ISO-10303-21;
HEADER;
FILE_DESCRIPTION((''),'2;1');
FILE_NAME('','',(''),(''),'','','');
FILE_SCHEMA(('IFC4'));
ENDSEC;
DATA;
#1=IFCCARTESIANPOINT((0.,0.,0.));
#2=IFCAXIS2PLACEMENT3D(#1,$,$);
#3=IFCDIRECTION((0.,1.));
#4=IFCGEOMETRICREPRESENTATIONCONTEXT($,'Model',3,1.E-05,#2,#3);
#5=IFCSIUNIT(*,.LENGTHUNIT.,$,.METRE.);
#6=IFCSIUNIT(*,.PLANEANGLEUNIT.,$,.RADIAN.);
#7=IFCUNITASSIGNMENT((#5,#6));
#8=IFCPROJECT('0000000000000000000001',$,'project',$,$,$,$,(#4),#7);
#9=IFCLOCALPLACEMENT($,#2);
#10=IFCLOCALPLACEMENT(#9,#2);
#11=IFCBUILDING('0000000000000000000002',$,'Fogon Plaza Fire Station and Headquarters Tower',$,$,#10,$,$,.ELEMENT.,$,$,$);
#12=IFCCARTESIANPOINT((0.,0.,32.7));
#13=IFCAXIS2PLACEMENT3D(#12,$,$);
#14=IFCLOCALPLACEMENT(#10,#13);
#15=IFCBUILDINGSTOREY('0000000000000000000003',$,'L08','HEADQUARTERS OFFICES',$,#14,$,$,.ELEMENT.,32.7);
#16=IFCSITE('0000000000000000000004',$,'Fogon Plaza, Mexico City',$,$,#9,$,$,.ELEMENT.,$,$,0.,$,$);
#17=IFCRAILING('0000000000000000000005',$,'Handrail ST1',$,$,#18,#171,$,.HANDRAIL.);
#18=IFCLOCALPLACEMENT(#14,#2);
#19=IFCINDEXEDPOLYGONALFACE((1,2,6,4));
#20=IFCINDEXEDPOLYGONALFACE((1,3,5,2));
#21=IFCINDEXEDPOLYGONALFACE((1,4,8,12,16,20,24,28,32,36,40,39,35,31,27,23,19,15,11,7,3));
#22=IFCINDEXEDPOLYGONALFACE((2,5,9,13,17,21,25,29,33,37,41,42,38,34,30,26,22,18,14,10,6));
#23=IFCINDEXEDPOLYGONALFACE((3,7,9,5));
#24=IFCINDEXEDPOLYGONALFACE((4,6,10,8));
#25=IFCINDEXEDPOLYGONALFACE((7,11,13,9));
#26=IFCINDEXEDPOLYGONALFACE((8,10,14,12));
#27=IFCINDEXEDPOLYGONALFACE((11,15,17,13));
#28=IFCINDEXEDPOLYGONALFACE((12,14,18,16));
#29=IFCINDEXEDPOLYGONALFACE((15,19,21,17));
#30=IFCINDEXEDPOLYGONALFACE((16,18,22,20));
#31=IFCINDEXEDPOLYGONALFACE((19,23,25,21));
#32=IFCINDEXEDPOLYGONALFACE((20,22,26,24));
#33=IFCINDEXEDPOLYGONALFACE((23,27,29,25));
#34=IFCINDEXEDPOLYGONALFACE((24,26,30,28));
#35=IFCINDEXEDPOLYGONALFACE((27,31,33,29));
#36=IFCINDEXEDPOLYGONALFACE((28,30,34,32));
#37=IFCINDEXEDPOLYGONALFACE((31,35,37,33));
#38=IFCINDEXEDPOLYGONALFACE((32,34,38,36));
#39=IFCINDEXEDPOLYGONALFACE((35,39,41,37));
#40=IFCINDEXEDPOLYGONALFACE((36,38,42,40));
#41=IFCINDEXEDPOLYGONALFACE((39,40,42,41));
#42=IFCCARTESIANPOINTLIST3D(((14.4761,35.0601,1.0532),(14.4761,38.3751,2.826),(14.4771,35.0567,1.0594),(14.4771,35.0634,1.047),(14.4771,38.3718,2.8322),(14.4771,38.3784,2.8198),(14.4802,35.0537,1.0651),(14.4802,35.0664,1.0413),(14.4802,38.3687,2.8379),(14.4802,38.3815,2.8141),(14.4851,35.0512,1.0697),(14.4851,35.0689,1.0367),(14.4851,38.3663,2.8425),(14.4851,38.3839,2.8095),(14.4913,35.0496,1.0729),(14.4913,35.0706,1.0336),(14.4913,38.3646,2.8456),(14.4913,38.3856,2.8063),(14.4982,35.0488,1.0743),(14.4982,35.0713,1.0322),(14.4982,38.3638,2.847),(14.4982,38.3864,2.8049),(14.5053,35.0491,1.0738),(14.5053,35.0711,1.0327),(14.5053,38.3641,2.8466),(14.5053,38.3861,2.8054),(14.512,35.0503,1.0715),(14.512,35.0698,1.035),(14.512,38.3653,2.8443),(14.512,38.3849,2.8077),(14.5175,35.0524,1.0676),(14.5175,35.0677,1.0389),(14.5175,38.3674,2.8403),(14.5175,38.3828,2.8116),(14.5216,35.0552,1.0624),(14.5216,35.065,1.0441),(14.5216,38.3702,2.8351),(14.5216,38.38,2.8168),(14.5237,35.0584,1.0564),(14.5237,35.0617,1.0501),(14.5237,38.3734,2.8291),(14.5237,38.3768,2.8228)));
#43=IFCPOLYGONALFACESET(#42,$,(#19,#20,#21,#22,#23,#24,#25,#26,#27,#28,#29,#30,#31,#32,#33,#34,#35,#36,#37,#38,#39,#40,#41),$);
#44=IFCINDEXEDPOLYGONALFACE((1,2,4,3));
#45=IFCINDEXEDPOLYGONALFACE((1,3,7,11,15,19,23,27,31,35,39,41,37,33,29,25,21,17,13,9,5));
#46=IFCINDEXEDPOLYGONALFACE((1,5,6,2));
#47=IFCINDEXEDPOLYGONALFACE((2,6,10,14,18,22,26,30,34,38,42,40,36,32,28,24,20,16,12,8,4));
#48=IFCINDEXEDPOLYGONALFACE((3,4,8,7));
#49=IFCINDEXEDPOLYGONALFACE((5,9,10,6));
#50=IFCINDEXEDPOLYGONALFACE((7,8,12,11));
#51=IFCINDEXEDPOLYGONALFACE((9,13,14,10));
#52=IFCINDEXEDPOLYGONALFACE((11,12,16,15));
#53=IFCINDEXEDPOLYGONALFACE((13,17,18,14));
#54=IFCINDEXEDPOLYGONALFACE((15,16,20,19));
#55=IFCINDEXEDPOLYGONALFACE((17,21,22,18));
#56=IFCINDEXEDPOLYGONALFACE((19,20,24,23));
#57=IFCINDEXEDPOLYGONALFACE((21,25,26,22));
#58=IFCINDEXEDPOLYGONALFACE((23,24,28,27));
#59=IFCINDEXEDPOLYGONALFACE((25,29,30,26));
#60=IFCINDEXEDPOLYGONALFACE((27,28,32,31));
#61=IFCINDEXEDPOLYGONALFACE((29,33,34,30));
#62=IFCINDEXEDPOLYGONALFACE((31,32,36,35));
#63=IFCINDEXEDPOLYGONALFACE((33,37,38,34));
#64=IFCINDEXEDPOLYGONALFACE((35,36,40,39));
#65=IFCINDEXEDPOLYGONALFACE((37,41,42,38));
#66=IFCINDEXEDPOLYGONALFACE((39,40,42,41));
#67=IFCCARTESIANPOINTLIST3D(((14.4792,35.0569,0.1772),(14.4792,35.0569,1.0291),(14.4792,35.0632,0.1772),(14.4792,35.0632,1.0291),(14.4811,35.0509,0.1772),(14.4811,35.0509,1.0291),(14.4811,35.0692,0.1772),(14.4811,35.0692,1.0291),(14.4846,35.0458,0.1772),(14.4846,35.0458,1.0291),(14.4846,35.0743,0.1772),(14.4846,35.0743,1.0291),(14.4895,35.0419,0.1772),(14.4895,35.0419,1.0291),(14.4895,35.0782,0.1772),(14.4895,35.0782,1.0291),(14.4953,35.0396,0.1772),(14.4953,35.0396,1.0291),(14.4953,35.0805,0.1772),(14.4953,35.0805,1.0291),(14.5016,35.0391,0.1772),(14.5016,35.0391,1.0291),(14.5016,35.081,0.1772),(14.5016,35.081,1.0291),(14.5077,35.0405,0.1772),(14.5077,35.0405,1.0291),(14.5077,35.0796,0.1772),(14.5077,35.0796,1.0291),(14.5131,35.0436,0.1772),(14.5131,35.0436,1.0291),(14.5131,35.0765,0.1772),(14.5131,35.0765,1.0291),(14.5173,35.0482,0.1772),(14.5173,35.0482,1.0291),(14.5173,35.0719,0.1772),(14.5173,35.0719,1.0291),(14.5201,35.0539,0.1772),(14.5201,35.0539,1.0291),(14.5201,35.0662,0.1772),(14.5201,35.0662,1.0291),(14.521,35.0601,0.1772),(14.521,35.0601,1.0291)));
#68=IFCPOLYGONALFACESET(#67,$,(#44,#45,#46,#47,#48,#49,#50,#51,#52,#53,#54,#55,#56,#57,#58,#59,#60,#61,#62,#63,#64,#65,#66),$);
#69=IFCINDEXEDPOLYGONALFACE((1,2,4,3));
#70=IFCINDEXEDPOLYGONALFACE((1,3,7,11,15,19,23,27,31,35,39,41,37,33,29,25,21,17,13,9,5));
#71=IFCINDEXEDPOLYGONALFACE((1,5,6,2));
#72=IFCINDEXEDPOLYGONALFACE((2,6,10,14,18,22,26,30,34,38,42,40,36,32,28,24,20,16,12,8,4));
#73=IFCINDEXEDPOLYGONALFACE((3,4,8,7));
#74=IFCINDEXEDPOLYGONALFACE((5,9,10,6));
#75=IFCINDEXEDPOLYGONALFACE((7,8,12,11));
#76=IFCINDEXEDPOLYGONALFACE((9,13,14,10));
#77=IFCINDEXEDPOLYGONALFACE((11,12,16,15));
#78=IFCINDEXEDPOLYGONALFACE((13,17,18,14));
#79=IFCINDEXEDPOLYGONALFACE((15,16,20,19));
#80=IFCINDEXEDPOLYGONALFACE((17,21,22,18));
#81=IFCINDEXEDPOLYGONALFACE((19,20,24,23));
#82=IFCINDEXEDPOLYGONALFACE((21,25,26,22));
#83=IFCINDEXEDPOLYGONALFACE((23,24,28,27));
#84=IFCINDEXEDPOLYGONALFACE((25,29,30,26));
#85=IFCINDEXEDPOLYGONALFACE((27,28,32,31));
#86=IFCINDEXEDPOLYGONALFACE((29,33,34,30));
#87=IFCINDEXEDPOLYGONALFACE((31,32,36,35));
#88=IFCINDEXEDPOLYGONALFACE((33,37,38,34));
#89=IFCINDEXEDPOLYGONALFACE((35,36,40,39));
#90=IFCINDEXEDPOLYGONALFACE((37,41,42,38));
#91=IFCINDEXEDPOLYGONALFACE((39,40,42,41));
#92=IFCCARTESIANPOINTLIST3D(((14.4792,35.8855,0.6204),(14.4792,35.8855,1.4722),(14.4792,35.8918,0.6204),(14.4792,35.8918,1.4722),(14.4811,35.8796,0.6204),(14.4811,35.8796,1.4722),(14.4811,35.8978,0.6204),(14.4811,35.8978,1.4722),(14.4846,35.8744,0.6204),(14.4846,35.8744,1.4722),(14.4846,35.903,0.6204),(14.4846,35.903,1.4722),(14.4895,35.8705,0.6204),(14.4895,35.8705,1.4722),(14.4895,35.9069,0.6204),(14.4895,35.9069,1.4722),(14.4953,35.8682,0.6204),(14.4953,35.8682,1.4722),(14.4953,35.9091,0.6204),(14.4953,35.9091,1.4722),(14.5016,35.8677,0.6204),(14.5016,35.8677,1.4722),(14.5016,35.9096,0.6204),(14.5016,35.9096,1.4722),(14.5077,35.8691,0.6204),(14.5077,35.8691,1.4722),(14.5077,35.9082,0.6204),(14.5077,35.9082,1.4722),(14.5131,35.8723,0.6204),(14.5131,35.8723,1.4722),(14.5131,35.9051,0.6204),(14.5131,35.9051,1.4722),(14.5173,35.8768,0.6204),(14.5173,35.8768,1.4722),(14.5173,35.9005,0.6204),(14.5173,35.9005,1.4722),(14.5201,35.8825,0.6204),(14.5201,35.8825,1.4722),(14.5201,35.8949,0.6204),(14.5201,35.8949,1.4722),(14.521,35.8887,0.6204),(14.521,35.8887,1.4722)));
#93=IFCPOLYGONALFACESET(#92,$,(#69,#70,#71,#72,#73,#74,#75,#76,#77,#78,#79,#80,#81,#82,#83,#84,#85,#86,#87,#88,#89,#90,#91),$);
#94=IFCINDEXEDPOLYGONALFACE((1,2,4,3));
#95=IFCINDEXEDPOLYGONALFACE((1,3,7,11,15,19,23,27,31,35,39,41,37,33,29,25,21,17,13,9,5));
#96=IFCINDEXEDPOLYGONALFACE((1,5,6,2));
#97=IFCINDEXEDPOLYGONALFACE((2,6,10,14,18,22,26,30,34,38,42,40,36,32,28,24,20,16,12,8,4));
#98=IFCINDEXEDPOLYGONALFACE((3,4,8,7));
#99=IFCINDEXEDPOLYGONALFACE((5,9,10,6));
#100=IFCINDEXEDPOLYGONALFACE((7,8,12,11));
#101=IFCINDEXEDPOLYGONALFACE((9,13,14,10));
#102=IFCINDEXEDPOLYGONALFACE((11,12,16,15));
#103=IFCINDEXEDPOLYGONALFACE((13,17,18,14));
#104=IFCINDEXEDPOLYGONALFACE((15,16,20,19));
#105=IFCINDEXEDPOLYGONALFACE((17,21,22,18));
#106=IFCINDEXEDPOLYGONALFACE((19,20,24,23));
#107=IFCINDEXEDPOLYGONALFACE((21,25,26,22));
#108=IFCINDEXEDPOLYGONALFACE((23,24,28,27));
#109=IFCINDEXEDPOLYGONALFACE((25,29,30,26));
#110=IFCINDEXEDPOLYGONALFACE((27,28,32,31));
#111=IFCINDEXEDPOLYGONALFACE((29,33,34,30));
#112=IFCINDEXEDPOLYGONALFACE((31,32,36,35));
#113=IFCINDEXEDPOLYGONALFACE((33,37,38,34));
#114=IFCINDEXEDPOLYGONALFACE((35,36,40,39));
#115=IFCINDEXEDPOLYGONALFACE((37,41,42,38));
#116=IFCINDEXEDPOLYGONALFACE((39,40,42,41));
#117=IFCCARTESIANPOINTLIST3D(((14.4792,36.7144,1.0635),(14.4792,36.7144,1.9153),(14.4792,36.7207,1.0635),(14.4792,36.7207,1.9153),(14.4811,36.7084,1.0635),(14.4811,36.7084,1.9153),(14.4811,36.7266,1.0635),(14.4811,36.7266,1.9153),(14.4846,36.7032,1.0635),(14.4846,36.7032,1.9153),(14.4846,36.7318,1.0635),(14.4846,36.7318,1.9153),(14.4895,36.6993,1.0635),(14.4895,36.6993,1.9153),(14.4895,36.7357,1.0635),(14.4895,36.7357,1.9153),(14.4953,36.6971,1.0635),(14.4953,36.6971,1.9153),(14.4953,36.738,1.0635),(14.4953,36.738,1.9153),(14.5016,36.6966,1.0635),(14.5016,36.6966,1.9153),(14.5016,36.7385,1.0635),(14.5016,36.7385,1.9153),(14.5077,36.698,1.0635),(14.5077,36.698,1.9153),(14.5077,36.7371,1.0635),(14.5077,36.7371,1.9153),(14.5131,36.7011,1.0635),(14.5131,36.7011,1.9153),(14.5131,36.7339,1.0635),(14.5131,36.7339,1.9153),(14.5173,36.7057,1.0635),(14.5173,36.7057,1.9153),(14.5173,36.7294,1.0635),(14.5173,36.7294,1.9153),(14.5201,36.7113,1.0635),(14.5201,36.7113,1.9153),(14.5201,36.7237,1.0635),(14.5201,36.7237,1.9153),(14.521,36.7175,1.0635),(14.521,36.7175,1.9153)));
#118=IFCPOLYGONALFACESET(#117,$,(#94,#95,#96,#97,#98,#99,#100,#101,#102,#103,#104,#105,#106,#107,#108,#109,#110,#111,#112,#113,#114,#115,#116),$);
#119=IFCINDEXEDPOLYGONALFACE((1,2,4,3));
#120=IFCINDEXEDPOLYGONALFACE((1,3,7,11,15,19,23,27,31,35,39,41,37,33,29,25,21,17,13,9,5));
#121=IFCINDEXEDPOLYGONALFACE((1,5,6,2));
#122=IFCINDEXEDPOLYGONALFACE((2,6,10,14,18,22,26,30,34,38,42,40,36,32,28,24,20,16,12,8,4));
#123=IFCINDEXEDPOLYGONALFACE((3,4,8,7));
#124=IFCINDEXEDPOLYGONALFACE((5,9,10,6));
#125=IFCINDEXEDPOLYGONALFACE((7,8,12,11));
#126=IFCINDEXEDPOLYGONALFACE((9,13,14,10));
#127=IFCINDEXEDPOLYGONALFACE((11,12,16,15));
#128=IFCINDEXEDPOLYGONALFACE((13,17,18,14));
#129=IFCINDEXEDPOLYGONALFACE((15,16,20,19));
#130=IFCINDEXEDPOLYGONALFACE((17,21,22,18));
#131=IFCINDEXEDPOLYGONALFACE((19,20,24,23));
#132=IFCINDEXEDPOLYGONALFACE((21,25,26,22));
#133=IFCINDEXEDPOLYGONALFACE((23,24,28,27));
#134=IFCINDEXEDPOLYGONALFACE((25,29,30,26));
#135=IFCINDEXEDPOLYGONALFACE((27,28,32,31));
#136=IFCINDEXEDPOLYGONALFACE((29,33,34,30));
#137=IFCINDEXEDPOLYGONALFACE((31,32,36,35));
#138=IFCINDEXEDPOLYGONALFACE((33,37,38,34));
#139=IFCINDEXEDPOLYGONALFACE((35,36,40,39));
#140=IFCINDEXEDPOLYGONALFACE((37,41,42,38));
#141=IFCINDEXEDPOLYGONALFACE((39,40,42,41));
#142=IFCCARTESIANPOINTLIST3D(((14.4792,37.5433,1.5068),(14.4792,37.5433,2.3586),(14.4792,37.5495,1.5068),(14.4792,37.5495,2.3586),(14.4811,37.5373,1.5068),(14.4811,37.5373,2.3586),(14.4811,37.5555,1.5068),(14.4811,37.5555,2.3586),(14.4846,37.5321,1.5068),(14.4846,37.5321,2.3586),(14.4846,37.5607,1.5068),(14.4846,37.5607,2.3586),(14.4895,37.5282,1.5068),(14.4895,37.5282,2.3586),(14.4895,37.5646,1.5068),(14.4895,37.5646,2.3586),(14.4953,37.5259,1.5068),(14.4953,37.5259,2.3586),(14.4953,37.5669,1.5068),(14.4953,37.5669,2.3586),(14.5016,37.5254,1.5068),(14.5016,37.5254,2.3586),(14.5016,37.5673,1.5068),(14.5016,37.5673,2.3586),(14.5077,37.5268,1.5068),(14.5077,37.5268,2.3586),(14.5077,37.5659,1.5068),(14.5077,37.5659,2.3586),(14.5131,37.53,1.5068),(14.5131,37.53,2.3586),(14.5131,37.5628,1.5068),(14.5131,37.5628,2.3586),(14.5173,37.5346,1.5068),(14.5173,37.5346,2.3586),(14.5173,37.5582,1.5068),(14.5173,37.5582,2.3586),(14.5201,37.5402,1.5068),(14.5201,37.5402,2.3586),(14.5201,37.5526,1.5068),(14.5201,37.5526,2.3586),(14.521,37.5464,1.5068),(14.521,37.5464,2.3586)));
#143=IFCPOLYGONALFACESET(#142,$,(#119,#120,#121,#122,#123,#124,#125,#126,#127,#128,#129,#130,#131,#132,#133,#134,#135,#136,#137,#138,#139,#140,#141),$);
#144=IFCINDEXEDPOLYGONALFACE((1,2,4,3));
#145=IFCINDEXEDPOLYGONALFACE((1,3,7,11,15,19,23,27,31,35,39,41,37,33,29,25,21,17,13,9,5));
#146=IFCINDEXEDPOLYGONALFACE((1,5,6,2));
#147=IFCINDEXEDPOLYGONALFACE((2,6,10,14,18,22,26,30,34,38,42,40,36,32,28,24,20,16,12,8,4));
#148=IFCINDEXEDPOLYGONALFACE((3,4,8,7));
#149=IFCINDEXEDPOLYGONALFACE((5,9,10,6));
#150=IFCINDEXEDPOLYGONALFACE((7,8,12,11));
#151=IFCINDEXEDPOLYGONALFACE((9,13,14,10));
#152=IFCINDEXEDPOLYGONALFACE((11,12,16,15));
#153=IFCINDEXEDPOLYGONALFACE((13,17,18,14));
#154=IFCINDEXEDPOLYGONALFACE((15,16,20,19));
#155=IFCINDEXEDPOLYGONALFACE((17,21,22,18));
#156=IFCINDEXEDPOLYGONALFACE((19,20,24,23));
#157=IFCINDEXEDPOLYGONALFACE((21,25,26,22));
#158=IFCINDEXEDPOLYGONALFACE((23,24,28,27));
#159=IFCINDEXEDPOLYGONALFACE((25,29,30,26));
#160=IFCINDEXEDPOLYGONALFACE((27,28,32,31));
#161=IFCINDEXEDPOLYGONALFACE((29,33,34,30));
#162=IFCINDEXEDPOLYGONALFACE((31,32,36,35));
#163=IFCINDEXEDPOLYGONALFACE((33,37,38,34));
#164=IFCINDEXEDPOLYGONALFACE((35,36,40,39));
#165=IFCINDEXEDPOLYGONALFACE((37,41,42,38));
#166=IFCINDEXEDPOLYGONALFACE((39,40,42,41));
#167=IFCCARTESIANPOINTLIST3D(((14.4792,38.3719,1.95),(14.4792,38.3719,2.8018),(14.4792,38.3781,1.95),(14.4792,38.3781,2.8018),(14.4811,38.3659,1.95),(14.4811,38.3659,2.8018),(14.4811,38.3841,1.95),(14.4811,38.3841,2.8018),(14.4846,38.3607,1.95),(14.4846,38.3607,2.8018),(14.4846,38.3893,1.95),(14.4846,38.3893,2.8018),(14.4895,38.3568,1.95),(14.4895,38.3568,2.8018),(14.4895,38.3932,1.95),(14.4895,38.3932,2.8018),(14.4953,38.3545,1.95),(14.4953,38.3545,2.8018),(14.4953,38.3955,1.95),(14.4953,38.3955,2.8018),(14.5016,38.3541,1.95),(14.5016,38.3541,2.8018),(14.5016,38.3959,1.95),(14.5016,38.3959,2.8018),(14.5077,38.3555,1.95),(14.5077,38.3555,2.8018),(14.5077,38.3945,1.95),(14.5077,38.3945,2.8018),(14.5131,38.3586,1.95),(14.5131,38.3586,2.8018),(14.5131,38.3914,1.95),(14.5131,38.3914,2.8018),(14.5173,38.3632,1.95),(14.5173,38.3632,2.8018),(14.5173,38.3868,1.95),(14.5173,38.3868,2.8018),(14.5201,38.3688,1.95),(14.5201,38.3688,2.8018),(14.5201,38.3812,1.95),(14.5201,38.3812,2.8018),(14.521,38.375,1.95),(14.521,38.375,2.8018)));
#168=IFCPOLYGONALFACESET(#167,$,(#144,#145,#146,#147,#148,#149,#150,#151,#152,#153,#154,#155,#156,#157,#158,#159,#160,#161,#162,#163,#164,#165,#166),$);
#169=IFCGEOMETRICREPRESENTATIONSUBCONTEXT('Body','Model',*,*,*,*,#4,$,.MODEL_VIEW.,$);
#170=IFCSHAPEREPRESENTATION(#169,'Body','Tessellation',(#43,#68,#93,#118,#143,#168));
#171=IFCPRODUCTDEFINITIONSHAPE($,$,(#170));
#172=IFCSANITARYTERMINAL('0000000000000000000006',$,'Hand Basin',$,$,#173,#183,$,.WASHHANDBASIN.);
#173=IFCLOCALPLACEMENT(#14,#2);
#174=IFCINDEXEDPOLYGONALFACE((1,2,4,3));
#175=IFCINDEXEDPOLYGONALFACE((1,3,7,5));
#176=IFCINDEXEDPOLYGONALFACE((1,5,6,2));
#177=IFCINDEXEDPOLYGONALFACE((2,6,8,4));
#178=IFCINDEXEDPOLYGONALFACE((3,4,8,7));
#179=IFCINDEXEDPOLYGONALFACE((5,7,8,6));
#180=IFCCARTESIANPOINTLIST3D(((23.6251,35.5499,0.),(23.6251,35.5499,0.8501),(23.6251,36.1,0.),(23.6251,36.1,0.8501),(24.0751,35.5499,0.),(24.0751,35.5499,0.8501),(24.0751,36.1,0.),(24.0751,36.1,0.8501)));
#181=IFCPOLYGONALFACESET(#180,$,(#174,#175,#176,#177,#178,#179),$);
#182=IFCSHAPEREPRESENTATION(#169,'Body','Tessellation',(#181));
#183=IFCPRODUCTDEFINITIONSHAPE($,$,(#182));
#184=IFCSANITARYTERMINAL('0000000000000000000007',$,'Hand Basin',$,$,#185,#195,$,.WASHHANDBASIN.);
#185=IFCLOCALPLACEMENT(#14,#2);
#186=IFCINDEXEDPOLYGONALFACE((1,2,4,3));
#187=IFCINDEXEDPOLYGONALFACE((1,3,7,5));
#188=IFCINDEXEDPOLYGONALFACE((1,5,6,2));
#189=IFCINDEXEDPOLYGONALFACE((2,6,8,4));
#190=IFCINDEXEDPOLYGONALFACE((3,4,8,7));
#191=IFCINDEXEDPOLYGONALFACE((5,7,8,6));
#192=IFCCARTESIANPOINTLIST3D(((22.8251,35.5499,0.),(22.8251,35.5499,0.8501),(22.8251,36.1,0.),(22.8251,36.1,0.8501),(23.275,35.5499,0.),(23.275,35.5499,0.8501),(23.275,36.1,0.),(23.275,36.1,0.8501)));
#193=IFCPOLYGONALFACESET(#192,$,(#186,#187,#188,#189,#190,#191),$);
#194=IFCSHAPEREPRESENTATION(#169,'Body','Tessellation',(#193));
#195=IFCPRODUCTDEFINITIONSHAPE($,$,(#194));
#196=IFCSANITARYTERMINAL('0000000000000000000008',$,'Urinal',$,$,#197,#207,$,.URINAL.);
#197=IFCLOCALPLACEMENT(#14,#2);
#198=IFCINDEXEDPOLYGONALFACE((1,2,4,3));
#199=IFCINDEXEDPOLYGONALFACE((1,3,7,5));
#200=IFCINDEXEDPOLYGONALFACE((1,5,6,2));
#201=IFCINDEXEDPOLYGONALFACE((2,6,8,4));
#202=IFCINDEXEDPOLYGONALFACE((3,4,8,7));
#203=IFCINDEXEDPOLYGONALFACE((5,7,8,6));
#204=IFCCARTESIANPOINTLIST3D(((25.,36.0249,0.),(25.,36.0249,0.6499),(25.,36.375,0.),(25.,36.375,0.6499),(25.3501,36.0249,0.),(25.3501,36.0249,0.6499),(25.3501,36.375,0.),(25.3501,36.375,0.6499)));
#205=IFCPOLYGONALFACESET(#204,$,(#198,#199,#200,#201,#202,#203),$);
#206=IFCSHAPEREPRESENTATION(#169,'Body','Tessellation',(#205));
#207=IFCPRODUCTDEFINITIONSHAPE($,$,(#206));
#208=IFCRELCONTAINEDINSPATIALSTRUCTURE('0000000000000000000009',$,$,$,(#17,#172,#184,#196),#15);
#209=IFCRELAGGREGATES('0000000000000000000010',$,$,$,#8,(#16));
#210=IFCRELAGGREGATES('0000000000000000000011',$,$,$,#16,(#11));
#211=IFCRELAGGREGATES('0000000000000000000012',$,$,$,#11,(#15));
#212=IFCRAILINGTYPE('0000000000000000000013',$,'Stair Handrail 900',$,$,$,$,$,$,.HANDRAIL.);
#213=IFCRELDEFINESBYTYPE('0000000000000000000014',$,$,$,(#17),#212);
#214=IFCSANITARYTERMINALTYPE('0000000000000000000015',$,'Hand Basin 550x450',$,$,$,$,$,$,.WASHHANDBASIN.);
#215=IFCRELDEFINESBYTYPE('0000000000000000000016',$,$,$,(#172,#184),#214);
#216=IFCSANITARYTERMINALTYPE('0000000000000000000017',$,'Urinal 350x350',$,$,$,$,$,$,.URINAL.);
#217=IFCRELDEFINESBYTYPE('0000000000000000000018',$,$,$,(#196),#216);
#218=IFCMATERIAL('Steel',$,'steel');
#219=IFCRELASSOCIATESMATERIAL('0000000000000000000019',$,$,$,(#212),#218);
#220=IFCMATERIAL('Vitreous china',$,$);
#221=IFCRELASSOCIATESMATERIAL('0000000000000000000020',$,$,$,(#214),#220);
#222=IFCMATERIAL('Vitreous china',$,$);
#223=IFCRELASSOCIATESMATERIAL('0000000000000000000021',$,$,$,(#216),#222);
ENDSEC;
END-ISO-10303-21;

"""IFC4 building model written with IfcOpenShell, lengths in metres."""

from ifc_helpers import new_model, si_unit, direction, frame, origin, origin_2d, place, context, subcontext, project, spatial, rectangle, circle, extrude, material, type_object, element, save


model = new_model("IFC4")

# Units and contexts
model_context = context("Model", 3, precision=1e-05, world=origin(), true_north=direction((0.0, 1.0)))
body_context = subcontext(model_context, "Body", "Model", "MODEL_VIEW")
ifc_project = project(units=[si_unit("LENGTHUNIT", "METRE"), si_unit("PLANEANGLEUNIT", "RADIAN")], contexts=[model_context])

# Site, building, storey
site_placement = place(None, origin())
site = spatial("IfcSite", under=ifc_project, at=site_placement, Name="Fogon Plaza, Mexico City", CompositionType="ELEMENT", RefElevation=0.0)
building_placement = place(site_placement, origin())
building = spatial("IfcBuilding", under=site, at=building_placement, Name="Fogon Plaza Fire Station and Headquarters Tower", CompositionType="ELEMENT")
storey_placement = place(building_placement, frame((0.0, 0.0, 32.7)))
storey = spatial("IfcBuildingStorey", under=building, at=storey_placement, Name="L08", Description="HEADQUARTERS OFFICES", CompositionType="ELEMENT", Elevation=32.7)

# Railing
ifc_material_1 = material(Name="Steel", Category="steel")
railing_type = type_object("IfcRailingType", Name="Stair Handrail 900", PredefinedType="HANDRAIL", material=ifc_material_1)
for number, where, name in (
    (1, (14.5, 35.0601, 0.1772), "Handrail ST1"),
):
    element("IfcRailing", number, at=place(storey_placement, frame(where)), inside=storey, type_object=railing_type, Name=name, PredefinedType="HANDRAIL", context=body_context, shape_type="SweptSolid", body=[
        extrude(circle(Radius=0.0239, at=origin_2d()), frame((0.0, 0.0, 0.876), z_axis=(0.0, 0.881829, 0.471569), x_axis=(-1.0, 0.0, 0.0)), (0.0, 0.0, 1.0), 3.7593),
        extrude(circle(Radius=0.021, at=origin_2d()), origin(), (0.0, 0.0, 1.0), 0.8518),
        extrude(circle(Radius=0.021, at=origin_2d()), frame((0.0, 0.8286, 0.4431)), (0.0, 0.0, 1.0), 0.8518),
        extrude(circle(Radius=0.021, at=origin_2d()), frame((0.0, 1.6575, 0.8862)), (0.0, 0.0, 1.0), 0.8518),
        extrude(circle(Radius=0.021, at=origin_2d()), frame((0.0, 2.4863, 1.3296)), (0.0, 0.0, 1.0), 0.8518),
        extrude(circle(Radius=0.021, at=origin_2d()), frame((0.0, 3.3149, 1.7727)), (0.0, 0.0, 1.0), 0.8518),
    ])

# Sanitary terminals
ifc_material_2 = material(Name="Vitreous china")
sanitary_terminal_type_1 = type_object("IfcSanitaryTerminalType", Name="Hand Basin 550x450", PredefinedType="WASHHANDBASIN", material=ifc_material_2)
for number, where, z_axis, x_axis, name in (
    (2, (23.8501, 35.825, 0.0), (0.0, 0.0, 1.0), (1.0, 0.0, 0.0), "Hand Basin"),
    (3, (23.05, 35.825, 0.0), (0.0, 0.0, 1.0), (1.0, 0.0, 0.0), "Hand Basin"),
):
    element("IfcSanitaryTerminal", number, at=place(storey_placement, frame(where, z_axis=z_axis, x_axis=x_axis)), inside=storey, type_object=sanitary_terminal_type_1, Name=name, PredefinedType="WASHHANDBASIN", context=body_context, shape_type="SweptSolid", body=[
        extrude(rectangle(XDim=0.45, YDim=0.55, at=origin_2d()), origin(), (0.0, 0.0, 1.0), 0.8501),
    ])
ifc_material_3 = material(Name="Vitreous china")
sanitary_terminal_type_2 = type_object("IfcSanitaryTerminalType", Name="Urinal 350x350", PredefinedType="URINAL", material=ifc_material_3)
sanitary_terminal_placement = place(storey_placement, frame((25.175, 36.2, 0.0), z_axis=(0.0, 0.0, 1.0), x_axis=(1.0, 0.0, 0.0)))
element("IfcSanitaryTerminal", 4, at=sanitary_terminal_placement, inside=storey, type_object=sanitary_terminal_type_2, Name="Urinal", PredefinedType="URINAL", context=body_context, shape_type="SweptSolid", body=[
    extrude(rectangle(XDim=0.3501, YDim=0.3501, at=origin_2d()), origin(), (0.0, 0.0, 1.0), 0.6499),
])

save(model, "model.ifc")
